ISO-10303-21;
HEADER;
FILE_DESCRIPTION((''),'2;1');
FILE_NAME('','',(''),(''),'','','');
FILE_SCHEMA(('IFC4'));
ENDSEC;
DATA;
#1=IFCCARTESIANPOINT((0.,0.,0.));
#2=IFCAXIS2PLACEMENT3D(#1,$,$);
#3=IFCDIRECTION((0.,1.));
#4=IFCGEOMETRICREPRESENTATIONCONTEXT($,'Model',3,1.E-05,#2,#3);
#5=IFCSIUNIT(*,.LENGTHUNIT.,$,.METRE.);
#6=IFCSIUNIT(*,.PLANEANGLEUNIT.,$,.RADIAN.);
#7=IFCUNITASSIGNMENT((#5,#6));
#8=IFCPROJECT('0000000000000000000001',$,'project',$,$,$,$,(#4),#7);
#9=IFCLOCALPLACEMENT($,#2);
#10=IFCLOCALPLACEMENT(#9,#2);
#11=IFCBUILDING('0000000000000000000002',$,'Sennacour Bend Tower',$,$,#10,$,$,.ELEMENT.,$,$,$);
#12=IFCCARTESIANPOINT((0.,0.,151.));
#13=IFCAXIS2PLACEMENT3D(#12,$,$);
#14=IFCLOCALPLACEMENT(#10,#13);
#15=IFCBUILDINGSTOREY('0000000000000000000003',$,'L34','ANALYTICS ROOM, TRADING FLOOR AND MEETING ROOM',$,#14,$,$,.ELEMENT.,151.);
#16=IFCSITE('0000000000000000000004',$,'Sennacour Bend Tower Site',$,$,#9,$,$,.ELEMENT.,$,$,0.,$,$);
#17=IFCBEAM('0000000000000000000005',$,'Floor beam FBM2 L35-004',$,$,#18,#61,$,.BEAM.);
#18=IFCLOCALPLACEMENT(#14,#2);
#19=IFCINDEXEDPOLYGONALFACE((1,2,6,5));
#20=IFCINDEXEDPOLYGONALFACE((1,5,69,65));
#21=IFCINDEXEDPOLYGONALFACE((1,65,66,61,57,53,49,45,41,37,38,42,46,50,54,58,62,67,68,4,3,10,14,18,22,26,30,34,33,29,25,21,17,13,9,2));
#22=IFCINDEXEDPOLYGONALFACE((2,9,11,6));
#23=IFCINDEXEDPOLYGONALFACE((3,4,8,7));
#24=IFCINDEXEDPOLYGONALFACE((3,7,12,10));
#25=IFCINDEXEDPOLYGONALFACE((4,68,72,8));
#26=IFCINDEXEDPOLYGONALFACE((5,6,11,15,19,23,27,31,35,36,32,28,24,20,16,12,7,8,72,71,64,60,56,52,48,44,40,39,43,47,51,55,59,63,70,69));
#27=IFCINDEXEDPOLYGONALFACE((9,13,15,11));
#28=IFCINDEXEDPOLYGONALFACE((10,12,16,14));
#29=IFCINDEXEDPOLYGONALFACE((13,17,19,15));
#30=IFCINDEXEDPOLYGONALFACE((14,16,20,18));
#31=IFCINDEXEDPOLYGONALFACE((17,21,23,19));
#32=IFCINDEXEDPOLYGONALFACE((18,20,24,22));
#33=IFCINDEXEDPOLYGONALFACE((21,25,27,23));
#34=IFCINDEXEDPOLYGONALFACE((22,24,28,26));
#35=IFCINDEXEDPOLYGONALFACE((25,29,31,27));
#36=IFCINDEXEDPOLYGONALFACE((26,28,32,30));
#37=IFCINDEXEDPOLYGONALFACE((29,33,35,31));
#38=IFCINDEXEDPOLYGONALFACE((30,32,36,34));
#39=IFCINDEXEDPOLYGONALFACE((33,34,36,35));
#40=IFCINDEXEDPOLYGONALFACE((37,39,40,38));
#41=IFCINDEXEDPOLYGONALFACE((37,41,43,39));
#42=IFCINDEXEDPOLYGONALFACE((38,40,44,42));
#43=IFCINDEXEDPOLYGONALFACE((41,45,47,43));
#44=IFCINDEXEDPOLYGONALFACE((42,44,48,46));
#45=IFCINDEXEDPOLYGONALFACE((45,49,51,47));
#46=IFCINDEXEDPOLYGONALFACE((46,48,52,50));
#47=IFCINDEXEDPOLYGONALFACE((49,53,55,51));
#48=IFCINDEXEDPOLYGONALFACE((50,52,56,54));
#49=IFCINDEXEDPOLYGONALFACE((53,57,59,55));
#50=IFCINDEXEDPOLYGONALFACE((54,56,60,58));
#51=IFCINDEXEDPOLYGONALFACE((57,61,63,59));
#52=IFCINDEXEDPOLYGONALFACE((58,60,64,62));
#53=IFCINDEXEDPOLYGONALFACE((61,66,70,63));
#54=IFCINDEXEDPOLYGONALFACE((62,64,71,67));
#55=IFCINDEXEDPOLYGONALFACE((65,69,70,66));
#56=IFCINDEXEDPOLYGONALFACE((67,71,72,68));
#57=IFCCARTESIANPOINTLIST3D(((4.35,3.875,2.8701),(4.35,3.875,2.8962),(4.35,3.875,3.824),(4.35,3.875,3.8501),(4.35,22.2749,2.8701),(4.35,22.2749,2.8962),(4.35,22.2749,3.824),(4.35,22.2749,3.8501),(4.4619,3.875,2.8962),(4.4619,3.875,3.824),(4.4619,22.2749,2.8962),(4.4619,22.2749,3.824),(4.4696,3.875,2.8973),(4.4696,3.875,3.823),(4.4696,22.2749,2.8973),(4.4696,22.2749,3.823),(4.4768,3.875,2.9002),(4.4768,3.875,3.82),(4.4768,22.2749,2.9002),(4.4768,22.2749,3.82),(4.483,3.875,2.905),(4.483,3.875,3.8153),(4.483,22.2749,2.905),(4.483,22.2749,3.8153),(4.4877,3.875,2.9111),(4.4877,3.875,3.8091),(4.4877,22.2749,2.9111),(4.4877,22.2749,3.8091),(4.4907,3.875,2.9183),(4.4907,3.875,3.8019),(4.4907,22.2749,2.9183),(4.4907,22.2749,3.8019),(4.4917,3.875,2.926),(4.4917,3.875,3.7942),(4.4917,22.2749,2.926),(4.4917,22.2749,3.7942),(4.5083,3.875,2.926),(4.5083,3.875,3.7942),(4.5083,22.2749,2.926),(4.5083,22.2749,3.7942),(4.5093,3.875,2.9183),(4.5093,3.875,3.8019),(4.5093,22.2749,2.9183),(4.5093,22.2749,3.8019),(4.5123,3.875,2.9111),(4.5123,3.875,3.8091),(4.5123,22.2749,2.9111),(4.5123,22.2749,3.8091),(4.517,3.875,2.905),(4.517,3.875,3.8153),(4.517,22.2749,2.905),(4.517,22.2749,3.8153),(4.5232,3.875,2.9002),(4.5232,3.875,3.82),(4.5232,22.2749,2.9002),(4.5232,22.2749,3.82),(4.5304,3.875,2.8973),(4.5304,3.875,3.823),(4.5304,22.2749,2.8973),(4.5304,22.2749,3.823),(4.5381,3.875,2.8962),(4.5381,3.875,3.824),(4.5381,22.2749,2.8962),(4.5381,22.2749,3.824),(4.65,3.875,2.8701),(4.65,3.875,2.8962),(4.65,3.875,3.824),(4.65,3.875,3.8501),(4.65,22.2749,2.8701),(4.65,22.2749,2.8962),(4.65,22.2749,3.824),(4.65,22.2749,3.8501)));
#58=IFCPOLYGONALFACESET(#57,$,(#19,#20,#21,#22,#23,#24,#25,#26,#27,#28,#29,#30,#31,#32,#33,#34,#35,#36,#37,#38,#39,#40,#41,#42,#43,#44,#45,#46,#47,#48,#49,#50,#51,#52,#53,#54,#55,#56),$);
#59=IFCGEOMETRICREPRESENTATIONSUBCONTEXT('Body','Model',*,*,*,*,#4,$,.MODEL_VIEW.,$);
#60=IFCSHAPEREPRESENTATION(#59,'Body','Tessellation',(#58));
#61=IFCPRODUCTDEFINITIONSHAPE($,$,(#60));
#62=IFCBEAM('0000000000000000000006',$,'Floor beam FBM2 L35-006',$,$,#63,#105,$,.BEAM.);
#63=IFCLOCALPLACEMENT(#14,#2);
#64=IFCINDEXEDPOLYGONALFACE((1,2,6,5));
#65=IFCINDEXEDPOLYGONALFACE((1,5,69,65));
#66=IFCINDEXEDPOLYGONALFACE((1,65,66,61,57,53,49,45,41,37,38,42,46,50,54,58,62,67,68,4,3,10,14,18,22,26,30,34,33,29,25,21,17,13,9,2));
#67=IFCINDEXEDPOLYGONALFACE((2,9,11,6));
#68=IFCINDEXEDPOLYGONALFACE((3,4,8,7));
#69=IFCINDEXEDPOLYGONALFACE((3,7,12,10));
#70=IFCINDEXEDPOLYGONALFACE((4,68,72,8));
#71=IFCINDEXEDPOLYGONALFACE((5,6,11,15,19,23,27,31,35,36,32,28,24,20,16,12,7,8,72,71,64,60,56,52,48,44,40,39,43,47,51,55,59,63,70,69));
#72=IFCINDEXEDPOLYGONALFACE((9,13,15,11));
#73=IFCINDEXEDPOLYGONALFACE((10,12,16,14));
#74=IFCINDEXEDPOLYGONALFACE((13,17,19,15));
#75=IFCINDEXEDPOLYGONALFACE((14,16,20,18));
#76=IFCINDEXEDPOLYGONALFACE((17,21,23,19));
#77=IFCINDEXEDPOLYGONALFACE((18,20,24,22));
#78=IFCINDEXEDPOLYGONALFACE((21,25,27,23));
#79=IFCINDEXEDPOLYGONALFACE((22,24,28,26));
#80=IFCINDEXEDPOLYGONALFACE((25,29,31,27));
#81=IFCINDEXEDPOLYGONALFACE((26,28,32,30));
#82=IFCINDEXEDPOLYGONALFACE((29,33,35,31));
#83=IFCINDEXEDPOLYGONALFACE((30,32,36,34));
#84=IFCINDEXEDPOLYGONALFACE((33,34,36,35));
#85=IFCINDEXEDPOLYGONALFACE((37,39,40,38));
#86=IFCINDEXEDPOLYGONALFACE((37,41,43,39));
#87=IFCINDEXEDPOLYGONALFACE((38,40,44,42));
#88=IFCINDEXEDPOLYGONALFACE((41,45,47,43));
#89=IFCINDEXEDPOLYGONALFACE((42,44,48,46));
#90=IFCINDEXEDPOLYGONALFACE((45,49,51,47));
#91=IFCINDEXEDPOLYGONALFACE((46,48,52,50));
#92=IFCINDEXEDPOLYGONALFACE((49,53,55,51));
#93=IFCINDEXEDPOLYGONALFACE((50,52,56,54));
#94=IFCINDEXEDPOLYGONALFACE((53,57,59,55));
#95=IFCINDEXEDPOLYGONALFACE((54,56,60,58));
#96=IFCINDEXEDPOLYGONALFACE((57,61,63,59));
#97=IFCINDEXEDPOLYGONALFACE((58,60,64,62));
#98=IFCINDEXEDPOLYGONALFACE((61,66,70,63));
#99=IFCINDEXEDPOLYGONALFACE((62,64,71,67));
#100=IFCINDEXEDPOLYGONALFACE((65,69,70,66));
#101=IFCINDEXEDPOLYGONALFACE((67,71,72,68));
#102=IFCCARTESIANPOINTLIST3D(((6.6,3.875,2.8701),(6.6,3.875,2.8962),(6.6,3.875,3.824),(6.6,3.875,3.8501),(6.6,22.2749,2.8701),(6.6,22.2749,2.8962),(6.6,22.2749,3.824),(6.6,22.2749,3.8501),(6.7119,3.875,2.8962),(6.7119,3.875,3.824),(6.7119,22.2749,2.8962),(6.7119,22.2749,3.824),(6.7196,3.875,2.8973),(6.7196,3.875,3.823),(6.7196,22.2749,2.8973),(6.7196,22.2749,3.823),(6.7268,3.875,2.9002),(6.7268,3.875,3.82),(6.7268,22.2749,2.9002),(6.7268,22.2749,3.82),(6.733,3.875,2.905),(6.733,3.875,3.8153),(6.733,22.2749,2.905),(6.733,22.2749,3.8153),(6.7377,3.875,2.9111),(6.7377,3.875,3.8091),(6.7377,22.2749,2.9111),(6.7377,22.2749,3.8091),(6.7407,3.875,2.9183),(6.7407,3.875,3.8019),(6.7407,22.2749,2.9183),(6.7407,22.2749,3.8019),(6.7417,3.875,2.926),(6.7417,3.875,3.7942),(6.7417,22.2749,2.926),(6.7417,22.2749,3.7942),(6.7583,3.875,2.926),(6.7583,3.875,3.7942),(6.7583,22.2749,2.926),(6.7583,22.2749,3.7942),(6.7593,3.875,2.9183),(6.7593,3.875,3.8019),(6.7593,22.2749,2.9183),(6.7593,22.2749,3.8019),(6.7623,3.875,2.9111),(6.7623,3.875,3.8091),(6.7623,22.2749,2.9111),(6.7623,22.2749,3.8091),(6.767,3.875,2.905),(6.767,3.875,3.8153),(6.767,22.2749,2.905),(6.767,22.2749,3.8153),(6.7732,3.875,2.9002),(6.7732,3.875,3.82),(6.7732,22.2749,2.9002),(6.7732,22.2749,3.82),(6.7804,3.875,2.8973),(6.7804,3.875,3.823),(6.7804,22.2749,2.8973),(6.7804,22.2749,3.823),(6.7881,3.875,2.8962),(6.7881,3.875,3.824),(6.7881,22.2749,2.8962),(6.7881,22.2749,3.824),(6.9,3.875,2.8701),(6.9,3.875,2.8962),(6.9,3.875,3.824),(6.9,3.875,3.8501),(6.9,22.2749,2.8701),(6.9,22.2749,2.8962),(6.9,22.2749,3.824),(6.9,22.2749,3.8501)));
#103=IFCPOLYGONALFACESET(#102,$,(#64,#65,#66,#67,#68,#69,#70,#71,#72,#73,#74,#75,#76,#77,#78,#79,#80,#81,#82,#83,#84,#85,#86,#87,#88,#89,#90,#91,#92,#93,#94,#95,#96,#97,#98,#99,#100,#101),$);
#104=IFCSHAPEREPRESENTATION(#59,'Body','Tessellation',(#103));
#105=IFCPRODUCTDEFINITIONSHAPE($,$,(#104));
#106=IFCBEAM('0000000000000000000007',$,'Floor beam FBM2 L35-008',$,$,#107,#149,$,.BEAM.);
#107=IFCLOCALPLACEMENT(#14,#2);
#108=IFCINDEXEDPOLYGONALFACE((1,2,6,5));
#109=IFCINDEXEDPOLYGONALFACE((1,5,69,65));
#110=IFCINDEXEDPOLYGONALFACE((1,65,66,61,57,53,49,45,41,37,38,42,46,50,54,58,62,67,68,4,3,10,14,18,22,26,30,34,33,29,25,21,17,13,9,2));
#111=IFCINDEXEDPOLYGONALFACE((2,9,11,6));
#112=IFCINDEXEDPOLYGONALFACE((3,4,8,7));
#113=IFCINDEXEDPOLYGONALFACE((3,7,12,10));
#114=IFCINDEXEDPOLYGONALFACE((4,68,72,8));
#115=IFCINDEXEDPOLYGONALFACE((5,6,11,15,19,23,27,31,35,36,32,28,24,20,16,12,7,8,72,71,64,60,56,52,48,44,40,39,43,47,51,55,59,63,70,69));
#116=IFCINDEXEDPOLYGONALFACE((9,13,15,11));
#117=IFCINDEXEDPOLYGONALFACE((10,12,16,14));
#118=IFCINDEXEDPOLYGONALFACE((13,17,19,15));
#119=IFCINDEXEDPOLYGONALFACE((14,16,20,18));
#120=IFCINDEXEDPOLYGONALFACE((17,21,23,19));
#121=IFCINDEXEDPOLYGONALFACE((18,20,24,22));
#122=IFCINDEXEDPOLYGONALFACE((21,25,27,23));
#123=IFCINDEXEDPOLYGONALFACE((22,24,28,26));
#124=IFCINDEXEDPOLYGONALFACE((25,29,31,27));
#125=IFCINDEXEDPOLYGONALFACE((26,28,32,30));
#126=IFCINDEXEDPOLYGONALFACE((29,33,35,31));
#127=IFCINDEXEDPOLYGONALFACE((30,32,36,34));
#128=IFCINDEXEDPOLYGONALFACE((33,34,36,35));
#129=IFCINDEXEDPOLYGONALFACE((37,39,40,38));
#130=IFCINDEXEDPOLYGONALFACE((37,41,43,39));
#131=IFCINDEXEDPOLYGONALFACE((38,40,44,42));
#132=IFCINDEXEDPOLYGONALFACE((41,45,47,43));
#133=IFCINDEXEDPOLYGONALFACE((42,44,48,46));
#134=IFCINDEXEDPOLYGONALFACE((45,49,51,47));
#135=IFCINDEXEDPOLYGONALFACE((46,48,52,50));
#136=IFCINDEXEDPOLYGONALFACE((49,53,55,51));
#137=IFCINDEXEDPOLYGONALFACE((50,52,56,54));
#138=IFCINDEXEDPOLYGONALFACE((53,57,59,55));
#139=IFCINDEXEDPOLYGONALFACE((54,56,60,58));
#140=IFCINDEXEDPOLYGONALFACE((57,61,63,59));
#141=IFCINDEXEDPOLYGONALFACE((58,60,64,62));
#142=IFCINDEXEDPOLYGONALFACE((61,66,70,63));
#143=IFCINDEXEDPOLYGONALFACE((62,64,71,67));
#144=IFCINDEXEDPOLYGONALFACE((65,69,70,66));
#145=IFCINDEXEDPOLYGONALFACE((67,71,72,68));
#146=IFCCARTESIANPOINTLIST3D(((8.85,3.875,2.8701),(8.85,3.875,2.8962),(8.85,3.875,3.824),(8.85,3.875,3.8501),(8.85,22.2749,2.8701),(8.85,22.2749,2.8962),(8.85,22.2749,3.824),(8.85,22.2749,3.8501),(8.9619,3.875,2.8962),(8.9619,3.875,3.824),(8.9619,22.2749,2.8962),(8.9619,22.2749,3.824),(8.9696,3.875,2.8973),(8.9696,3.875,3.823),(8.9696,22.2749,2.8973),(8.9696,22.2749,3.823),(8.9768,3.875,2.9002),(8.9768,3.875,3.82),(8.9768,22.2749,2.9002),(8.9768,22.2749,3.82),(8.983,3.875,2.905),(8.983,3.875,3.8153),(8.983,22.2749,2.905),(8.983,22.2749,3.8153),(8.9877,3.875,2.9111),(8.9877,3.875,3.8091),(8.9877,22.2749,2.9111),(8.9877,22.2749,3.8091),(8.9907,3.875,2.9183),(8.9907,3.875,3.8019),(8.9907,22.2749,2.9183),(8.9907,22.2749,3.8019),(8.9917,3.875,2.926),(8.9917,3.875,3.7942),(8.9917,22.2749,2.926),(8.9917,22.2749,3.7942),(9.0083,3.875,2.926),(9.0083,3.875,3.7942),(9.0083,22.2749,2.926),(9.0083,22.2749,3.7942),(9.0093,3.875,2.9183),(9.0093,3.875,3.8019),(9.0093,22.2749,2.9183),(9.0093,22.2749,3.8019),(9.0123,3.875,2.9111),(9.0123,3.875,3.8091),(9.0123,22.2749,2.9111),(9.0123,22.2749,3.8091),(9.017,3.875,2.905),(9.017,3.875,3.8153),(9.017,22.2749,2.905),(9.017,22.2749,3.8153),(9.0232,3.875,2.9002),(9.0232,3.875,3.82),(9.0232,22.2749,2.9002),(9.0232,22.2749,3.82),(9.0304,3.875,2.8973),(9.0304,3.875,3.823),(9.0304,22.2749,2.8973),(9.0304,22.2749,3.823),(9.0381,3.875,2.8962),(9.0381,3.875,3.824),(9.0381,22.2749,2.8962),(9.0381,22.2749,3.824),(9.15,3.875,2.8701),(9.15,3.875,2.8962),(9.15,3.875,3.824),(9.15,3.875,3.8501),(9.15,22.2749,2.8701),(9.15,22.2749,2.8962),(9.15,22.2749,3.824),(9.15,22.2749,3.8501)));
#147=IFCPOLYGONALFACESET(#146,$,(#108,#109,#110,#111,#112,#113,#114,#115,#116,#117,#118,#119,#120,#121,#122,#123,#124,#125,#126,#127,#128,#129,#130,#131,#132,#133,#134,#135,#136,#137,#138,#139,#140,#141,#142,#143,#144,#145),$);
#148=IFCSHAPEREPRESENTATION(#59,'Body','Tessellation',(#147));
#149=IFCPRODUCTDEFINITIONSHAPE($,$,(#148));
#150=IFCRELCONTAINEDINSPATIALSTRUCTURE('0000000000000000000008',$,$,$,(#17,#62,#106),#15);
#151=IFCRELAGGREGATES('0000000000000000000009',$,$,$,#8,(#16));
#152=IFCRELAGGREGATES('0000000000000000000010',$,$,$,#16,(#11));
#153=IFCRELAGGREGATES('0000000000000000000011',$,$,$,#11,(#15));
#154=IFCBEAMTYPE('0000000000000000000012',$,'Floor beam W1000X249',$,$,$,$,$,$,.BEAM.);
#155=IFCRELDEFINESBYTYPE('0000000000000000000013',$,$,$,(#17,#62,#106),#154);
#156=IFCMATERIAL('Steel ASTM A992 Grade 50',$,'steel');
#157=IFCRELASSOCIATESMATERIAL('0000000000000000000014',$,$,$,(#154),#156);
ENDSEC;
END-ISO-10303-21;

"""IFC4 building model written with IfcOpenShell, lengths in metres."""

from ifc_helpers import new_model, si_unit, direction, frame, origin, origin_2d, place, context, subcontext, project, spatial, i_section, extrude, material, material_profile, profile_set, type_object, element, save


model = new_model("IFC4")

# Units and contexts
model_context = context("Model", 3, precision=1e-05, world=origin(), true_north=direction((0.0, 1.0)))
body_context = subcontext(model_context, "Body", "Model", "MODEL_VIEW")
ifc_project = project(units=[si_unit("LENGTHUNIT", "METRE"), si_unit("PLANEANGLEUNIT", "RADIAN")], contexts=[model_context])

# Site, building, storey
site_placement = place(None, origin())
site = spatial("IfcSite", under=ifc_project, at=site_placement, Name="Sennacour Bend Tower Site", CompositionType="ELEMENT", RefElevation=0.0)
building_placement = place(site_placement, origin())
building = spatial("IfcBuilding", under=site, at=building_placement, Name="Sennacour Bend Tower", CompositionType="ELEMENT")
storey_placement = place(building_placement, frame((0.0, 0.0, 151.0)))
storey = spatial("IfcBuildingStorey", under=building, at=storey_placement, Name="L34", Description="ANALYTICS ROOM, TRADING FLOOR AND MEETING ROOM", CompositionType="ELEMENT", Elevation=151.0)

# Beams
ifc_material_1 = material(Name="Steel ASTM A992 Grade 50", Category="steel")
ifc_material_profile = material_profile(ifc_material_1, i_section(OverallWidth=0.3, OverallDepth=0.98, WebThickness=0.0166, FlangeThickness=0.0261, FilletRadius=0.0298, at=origin_2d()), Name="Steel ASTM A992 Grade 50", Category="steel")
ifc_profile_set = profile_set([ifc_material_profile], Name="Steel ASTM A992 Grade 50")
beam_type = type_object("IfcBeamType", Name="Floor beam W1000X249", PredefinedType="BEAM", material=ifc_profile_set)
for number, where, z_axis, x_axis, name in (
    (1, (4.5, 3.875, 3.3601), (0.0, 1.0, 0.0), (-1.0, 0.0, 0.0), "Floor beam FBM2 L35-004"),
    (2, (6.75, 3.875, 3.3601), (0.0, 1.0, 0.0), (-1.0, 0.0, 0.0), "Floor beam FBM2 L35-006"),
    (3, (9.0, 3.875, 3.3601), (0.0, 1.0, 0.0), (-1.0, 0.0, 0.0), "Floor beam FBM2 L35-008"),
):
    element("IfcBeam", number, at=place(storey_placement, frame(where, z_axis=z_axis, x_axis=x_axis)), inside=storey, type_object=beam_type, Name=name, PredefinedType="BEAM", context=body_context, shape_type="SweptSolid", body=[
        extrude(i_section(OverallWidth=0.3, OverallDepth=0.98, WebThickness=0.0166, FlangeThickness=0.0261, FilletRadius=0.0298, at=origin_2d()), origin(), (0.0, 0.0, 1.0), 18.3999),
    ])

save(model, "model.ifc")
